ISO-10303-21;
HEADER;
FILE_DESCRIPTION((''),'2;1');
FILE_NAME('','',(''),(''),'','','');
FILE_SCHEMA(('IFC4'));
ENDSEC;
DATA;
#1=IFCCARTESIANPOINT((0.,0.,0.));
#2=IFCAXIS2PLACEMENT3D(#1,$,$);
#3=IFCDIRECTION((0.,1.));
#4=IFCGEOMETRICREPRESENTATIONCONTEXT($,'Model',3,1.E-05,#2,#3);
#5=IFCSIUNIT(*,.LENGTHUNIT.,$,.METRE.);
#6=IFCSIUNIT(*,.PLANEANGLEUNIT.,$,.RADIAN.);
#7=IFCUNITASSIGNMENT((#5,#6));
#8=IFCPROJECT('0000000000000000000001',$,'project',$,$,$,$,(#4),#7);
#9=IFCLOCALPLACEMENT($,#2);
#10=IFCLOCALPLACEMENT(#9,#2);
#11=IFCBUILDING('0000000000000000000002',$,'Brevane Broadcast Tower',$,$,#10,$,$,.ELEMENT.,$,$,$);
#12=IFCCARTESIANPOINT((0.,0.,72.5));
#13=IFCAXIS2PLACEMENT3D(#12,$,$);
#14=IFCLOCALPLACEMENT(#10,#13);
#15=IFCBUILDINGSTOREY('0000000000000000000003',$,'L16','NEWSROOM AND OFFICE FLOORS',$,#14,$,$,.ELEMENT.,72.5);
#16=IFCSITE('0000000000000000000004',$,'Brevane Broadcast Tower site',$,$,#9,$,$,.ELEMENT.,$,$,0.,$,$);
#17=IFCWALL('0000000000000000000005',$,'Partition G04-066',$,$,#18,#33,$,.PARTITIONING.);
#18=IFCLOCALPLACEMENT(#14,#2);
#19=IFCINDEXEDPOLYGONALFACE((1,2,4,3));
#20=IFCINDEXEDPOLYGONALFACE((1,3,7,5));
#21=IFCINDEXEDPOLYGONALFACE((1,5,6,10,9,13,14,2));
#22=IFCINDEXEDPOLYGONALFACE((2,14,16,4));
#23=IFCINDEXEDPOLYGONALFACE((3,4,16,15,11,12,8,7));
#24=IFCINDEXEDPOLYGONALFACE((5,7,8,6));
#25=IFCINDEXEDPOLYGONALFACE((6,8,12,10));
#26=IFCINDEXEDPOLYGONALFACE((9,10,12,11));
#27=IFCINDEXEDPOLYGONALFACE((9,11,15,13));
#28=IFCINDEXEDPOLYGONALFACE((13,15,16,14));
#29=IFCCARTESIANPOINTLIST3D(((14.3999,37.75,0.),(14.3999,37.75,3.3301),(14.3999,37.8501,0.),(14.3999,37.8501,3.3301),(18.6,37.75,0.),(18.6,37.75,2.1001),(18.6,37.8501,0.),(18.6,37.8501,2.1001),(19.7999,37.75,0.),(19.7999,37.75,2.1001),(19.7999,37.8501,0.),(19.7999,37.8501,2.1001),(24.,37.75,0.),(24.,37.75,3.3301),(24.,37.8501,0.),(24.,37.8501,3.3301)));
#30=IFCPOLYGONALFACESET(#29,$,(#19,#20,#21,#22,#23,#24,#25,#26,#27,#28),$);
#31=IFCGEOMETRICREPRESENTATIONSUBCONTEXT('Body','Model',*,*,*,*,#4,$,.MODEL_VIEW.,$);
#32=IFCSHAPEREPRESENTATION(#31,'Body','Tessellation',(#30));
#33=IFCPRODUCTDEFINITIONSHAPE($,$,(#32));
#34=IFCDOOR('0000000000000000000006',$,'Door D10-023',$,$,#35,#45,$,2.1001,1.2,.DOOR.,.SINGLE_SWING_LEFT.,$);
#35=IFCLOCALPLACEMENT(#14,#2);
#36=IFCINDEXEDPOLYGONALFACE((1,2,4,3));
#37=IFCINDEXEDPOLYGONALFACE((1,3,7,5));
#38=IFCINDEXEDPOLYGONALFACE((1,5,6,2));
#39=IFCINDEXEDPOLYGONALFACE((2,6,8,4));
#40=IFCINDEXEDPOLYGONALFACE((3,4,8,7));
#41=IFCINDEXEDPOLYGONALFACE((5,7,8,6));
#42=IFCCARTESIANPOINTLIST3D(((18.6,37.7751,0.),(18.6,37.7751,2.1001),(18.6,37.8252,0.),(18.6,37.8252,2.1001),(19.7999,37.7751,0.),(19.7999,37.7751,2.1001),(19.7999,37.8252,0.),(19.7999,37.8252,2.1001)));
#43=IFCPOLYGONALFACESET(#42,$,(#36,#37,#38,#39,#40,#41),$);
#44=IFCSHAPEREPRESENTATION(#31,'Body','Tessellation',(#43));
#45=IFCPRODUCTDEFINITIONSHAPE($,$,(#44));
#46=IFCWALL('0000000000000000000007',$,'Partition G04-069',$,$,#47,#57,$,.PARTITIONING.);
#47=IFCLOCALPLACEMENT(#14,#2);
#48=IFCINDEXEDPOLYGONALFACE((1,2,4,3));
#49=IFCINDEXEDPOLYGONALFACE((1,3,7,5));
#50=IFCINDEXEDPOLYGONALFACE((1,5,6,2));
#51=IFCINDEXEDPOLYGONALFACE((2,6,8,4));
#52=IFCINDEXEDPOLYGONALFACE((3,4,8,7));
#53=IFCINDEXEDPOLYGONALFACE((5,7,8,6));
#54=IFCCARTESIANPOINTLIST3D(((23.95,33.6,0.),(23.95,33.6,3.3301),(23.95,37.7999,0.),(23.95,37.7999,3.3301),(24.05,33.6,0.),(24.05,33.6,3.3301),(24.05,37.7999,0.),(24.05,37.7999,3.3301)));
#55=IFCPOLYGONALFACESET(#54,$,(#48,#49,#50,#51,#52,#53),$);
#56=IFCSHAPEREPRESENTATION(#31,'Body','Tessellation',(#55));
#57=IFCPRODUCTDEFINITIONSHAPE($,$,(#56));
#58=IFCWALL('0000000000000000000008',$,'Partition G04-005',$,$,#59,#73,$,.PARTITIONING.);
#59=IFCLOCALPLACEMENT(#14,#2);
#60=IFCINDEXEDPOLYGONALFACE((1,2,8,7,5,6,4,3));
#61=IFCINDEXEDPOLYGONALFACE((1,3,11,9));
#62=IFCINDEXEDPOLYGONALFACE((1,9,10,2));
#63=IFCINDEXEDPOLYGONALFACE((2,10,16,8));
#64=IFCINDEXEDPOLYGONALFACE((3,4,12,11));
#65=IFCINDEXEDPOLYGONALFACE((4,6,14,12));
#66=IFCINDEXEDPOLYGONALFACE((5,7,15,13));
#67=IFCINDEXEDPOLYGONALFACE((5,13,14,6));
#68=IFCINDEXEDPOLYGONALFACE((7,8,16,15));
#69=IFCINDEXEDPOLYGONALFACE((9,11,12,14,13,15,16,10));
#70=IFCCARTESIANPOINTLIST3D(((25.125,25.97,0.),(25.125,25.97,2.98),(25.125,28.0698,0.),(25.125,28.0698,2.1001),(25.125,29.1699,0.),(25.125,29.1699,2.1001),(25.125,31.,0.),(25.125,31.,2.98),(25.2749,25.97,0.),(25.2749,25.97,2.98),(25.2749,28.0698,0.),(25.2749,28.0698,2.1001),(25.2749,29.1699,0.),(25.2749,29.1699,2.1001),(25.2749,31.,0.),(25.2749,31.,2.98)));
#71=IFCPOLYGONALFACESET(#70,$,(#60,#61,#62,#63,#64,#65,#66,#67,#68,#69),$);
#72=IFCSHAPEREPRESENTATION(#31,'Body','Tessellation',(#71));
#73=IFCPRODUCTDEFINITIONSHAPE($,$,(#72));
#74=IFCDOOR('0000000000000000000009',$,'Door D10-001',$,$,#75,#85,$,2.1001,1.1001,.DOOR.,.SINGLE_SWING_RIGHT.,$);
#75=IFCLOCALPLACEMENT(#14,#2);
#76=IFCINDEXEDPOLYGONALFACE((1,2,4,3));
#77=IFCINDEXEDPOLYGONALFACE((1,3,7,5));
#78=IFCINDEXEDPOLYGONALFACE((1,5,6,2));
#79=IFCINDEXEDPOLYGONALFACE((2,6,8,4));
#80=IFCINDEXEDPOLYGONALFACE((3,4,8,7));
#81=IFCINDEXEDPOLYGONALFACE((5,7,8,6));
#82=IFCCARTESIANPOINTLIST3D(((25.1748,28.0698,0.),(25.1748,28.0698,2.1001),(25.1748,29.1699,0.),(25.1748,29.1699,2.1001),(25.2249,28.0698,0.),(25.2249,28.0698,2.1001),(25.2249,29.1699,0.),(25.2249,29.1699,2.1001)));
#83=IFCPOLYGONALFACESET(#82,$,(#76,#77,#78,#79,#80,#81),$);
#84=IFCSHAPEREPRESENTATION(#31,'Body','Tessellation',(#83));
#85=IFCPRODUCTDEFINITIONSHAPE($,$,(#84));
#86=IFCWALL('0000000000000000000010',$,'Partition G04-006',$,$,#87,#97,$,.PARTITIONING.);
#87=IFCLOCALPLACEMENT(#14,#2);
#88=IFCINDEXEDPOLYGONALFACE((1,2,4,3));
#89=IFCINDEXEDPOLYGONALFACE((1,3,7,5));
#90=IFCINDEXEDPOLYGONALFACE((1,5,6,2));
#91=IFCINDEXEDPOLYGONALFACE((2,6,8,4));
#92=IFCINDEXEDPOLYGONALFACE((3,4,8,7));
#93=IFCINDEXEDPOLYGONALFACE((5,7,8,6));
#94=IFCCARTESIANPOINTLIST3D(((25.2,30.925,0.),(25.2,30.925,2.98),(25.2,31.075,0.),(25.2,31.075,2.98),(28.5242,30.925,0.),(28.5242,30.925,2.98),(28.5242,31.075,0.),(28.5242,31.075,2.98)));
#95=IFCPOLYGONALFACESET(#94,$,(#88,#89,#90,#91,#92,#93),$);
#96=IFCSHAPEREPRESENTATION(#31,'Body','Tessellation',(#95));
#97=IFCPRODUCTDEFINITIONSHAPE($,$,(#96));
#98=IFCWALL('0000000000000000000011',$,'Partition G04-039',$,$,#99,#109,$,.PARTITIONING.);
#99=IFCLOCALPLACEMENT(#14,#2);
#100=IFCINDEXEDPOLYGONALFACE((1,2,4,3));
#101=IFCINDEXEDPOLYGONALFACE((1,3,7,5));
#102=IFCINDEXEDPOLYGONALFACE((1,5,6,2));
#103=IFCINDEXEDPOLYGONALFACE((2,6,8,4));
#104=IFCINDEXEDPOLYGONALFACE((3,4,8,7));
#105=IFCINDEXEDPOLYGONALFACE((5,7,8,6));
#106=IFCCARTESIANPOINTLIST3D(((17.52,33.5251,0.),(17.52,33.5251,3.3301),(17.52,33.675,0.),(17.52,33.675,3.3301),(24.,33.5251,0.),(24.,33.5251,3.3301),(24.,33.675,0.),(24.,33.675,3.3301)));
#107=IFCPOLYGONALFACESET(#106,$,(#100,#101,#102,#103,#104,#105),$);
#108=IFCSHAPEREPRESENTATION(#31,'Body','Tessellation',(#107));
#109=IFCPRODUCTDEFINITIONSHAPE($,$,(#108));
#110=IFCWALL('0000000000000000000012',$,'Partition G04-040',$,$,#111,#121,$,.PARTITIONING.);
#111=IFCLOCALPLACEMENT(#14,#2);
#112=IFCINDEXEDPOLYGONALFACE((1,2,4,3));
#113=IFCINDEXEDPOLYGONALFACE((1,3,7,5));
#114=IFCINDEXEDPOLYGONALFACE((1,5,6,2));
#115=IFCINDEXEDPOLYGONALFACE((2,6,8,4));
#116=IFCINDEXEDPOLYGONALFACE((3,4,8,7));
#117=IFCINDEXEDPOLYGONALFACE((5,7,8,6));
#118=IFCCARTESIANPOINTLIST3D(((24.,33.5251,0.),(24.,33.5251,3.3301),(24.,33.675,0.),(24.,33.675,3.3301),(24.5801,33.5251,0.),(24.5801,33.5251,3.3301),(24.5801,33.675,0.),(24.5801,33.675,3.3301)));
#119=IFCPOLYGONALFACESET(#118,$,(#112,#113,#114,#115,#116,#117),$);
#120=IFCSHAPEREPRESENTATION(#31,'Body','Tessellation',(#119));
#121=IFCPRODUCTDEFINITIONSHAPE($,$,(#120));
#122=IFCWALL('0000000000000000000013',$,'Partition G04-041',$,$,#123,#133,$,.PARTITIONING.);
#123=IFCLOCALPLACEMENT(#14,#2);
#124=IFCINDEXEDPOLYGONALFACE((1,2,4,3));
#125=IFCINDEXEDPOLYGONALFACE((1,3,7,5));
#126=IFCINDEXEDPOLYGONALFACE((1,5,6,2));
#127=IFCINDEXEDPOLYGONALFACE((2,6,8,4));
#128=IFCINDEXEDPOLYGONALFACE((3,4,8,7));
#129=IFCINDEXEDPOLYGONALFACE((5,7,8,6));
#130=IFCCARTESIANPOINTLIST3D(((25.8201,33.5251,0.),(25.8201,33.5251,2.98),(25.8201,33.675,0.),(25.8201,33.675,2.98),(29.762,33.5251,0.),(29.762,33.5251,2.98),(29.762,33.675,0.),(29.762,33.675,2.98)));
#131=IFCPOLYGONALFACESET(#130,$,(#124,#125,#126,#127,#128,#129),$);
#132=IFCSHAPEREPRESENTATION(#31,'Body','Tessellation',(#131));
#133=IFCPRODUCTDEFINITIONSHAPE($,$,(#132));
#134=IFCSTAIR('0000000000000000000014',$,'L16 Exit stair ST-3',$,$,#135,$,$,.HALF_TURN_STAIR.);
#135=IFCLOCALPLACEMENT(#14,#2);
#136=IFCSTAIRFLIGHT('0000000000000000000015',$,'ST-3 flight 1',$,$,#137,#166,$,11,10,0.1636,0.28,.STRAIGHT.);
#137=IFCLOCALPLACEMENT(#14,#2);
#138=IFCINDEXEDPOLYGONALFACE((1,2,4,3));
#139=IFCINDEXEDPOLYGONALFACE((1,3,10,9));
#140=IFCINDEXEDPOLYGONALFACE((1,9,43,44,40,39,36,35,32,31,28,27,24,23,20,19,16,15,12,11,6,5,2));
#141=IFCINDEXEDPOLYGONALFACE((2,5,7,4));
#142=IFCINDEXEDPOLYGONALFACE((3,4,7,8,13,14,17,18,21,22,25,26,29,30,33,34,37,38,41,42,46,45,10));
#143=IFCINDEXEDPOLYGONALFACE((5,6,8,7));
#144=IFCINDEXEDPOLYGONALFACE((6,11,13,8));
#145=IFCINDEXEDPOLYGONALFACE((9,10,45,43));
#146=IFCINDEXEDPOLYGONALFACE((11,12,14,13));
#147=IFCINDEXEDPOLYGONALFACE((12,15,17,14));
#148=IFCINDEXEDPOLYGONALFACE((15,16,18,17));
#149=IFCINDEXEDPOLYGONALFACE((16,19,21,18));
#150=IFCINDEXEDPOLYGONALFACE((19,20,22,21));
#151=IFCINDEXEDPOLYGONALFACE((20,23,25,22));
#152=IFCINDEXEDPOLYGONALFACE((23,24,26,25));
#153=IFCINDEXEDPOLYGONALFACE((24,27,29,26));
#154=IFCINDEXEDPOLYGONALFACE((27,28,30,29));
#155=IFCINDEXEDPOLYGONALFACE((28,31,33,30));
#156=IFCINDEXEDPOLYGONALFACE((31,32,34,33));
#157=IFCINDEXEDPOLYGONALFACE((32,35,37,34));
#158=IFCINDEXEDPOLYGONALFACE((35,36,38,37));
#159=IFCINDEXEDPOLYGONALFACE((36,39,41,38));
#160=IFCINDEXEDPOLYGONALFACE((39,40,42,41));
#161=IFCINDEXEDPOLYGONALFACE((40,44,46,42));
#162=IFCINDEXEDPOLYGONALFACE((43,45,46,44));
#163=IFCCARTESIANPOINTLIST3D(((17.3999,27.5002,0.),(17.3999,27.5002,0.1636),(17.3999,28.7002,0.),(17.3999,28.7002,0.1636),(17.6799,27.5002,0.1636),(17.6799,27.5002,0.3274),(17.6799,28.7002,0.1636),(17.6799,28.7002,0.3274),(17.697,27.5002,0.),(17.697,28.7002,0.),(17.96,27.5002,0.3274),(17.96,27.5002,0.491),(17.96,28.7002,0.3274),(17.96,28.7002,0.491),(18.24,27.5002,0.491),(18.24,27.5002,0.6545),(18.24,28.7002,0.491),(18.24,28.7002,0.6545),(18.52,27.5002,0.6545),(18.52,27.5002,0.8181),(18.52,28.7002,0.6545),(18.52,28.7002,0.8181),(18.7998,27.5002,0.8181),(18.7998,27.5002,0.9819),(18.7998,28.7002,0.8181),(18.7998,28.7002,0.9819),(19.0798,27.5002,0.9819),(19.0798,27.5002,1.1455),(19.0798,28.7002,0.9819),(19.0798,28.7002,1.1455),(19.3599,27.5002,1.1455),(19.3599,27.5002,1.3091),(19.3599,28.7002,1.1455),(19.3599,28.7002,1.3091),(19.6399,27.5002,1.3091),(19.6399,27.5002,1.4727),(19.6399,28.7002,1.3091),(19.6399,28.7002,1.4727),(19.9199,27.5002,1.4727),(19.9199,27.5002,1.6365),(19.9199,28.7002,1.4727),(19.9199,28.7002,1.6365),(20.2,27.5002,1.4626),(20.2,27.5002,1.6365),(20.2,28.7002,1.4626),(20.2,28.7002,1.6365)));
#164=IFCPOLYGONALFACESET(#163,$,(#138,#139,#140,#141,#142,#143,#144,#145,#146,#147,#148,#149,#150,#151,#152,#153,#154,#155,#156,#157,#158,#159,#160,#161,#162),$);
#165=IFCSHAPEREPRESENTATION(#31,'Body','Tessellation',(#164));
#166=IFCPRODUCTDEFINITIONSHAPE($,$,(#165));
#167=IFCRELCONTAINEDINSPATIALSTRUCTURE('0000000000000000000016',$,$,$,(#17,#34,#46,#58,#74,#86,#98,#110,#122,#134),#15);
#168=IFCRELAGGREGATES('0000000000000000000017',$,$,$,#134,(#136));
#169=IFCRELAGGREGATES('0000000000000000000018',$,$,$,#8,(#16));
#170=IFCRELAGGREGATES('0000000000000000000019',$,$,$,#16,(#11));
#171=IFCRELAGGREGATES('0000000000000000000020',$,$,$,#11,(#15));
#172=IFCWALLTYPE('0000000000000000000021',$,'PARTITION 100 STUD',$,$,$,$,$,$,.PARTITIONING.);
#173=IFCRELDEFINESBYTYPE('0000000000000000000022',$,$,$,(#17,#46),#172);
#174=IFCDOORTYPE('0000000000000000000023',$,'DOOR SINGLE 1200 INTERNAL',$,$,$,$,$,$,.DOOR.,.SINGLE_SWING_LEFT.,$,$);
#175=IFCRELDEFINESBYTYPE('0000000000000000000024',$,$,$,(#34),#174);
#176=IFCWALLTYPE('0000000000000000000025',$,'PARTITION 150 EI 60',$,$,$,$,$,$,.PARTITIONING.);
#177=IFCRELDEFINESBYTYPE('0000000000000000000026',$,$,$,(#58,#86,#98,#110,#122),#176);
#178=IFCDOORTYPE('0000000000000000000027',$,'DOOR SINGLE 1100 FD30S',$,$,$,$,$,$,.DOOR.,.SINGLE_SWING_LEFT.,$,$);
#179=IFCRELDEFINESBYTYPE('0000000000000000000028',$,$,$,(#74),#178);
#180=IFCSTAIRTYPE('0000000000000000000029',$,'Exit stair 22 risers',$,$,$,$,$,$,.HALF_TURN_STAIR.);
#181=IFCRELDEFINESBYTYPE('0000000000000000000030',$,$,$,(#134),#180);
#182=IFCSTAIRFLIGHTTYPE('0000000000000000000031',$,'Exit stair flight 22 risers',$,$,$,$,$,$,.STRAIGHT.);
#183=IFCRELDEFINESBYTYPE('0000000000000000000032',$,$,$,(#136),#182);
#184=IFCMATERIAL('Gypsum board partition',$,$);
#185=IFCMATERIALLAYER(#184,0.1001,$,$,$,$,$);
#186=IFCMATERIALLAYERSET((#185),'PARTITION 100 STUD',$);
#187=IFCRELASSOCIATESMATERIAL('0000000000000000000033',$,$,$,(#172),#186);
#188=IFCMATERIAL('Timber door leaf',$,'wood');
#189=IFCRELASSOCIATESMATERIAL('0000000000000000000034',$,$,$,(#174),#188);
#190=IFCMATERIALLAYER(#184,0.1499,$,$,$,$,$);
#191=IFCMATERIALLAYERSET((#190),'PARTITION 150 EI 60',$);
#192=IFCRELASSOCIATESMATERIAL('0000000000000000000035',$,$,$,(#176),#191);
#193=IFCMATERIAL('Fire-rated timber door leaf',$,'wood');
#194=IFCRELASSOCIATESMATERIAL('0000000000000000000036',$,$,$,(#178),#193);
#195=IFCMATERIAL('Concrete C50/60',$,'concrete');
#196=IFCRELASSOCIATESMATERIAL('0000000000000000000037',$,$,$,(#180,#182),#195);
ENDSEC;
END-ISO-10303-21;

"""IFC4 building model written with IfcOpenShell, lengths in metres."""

from ifc_helpers import new_model, si_unit, direction, frame, frame_2d, origin, place, context, subcontext, project, spatial, polyline, rectangle, outline, extrude, material, layer, layer_set, type_object, element, fill, aggregate, save


model = new_model("IFC4")

# Units and contexts
model_context = context("Model", 3, precision=1e-05, world=origin(), true_north=direction((0.0, 1.0)))
body_context = subcontext(model_context, "Body", "Model", "MODEL_VIEW")
ifc_project = project(units=[si_unit("LENGTHUNIT", "METRE"), si_unit("PLANEANGLEUNIT", "RADIAN")], contexts=[model_context])

# Site, building, storey
site_placement = place(None, origin())
site = spatial("IfcSite", under=ifc_project, at=site_placement, Name="Brevane Broadcast Tower site", CompositionType="ELEMENT", RefElevation=0.0)
building_placement = place(site_placement, origin())
building = spatial("IfcBuilding", under=site, at=building_placement, Name="Brevane Broadcast Tower", CompositionType="ELEMENT")
storey_placement = place(building_placement, frame((0.0, 0.0, 72.5)))
storey = spatial("IfcBuildingStorey", under=building, at=storey_placement, Name="L16", Description="NEWSROOM AND OFFICE FLOORS", CompositionType="ELEMENT", Elevation=72.5)

# Wall, opening, door
ifc_material_1 = material(Name="Gypsum board partition")
ifc_layer_1 = layer(ifc_material_1, 0.1001)
ifc_layer_set_1 = layer_set([ifc_layer_1], Name="PARTITION 100 STUD")
wall_type_1 = type_object("IfcWallType", Name="PARTITION 100 STUD", PredefinedType="PARTITIONING", material=ifc_layer_set_1)
wall_1_placement = place(storey_placement, frame((24.0, 37.8, 0.0), z_axis=(0.0, 0.0, 1.0), x_axis=(-1.0, 0.0, 0.0)))
wall_1 = element("IfcWall", 1, at=wall_1_placement, inside=storey, type_object=wall_type_1, Name="Partition G04-066", PredefinedType="PARTITIONING", context=body_context, shape_type="SweptSolid", body=[
    extrude(rectangle(XDim=9.6001, YDim=0.1001, at=frame_2d((4.8, 0.0))), origin(), (0.0, 0.0, 1.0), 3.3301),
])
opening_1_placement = place(wall_1_placement, frame((4.2, 0.0, 0.0)))
opening_1 = element("IfcOpeningElement", 2, at=opening_1_placement, cuts=wall_1, PredefinedType="OPENING", context=body_context, shape_type="SweptSolid", body=[
    extrude(rectangle(XDim=1.2, YDim=2.1001, at=frame_2d((0.6001, 1.05))), frame((0.0, 0.0601, 0.0), z_axis=(0.0, -1.0, 0.0), x_axis=(1.0, 0.0, 0.0)), (0.0, 0.0, 1.0), 0.1201),
])
ifc_material_2 = material(Name="Timber door leaf", Category="wood")
door_type_1 = type_object("IfcDoorType", Name="DOOR SINGLE 1200 INTERNAL", OperationType="SINGLE_SWING_LEFT", PredefinedType="DOOR", material=ifc_material_2)
door_1_placement = place(opening_1_placement, origin())
door_1 = element("IfcDoor", 3, at=door_1_placement, inside=storey, type_object=door_type_1, Name="Door D10-023", OperationType="SINGLE_SWING_LEFT", OverallHeight=2.1001, OverallWidth=1.2, PredefinedType="DOOR", context=body_context, shape_type="SweptSolid", body=[
    extrude(rectangle(XDim=1.2, YDim=2.1001, at=frame_2d((0.6001, 1.05))), frame((0.0, 0.0249, 0.0), z_axis=(0.0, -1.0, 0.0), x_axis=(1.0, 0.0, 0.0)), (0.0, 0.0, 1.0), 0.05),
])
fill(opening_1, door_1)

# Wall
wall_2_placement = place(storey_placement, frame((24.0, 37.8, 0.0), z_axis=(0.0, 0.0, 1.0), x_axis=(0.0, -1.0, 0.0)))
element("IfcWall", 4, at=wall_2_placement, inside=storey, type_object=wall_type_1, Name="Partition G04-069", PredefinedType="PARTITIONING", context=body_context, shape_type="SweptSolid", body=[
    extrude(rectangle(XDim=4.2, YDim=0.1001, at=frame_2d((2.1001, 0.0))), origin(), (0.0, 0.0, 1.0), 3.3301),
])

# Wall, opening, door
ifc_layer_2 = layer(ifc_material_1, 0.1499)
ifc_layer_set_2 = layer_set([ifc_layer_2], Name="PARTITION 150 EI 60")
wall_type_2 = type_object("IfcWallType", Name="PARTITION 150 EI 60", PredefinedType="PARTITIONING", material=ifc_layer_set_2)
wall_3_placement = place(storey_placement, frame((25.2, 31.0, 0.0), z_axis=(0.0, 0.0, 1.0), x_axis=(0.0, -1.0, 0.0)))
wall_3 = element("IfcWall", 5, at=wall_3_placement, inside=storey, type_object=wall_type_2, Name="Partition G04-005", PredefinedType="PARTITIONING", context=body_context, shape_type="SweptSolid", body=[
    extrude(outline(polyline([(0.0, 0.0), (5.03, 0.0), (5.03, 2.98), (0.0, 2.98), (0.0, 0.0)])), frame((0.0, 0.075, 0.0), z_axis=(0.0, -1.0, 0.0), x_axis=(1.0, 0.0, 0.0)), (0.0, 0.0, 1.0), 0.1499),
])
opening_2_placement = place(wall_3_placement, frame((1.8301, 0.0, 0.0)))
opening_2 = element("IfcOpeningElement", 6, at=opening_2_placement, cuts=wall_3, PredefinedType="OPENING", context=body_context, shape_type="SweptSolid", body=[
    extrude(rectangle(XDim=1.1001, YDim=2.1001, at=frame_2d((0.55, 1.05))), frame((0.0, 0.085, 0.0), z_axis=(0.0, -1.0, 0.0), x_axis=(1.0, 0.0, 0.0)), (0.0, 0.0, 1.0), 0.1699),
])
ifc_material_3 = material(Name="Fire-rated timber door leaf", Category="wood")
door_type_2 = type_object("IfcDoorType", Name="DOOR SINGLE 1100 FD30S", OperationType="SINGLE_SWING_LEFT", PredefinedType="DOOR", material=ifc_material_3)
door_2_placement = place(opening_2_placement, origin())
door_2 = element("IfcDoor", 7, at=door_2_placement, inside=storey, type_object=door_type_2, Name="Door D10-001", OperationType="SINGLE_SWING_RIGHT", OverallHeight=2.1001, OverallWidth=1.1001, PredefinedType="DOOR", context=body_context, shape_type="SweptSolid", body=[
    extrude(rectangle(XDim=1.1001, YDim=2.1001, at=frame_2d((0.55, 1.05))), frame((0.0, 0.0249, 0.0), z_axis=(0.0, -1.0, 0.0), x_axis=(1.0, 0.0, 0.0)), (0.0, 0.0, 1.0), 0.05),
])
fill(opening_2, door_2)

# Walls
wall_4_placement = place(storey_placement, frame((25.2, 31.0, 0.0), z_axis=(0.0, 0.0, 1.0), x_axis=(1.0, 0.0, 0.0)))
element("IfcWall", 8, at=wall_4_placement, inside=storey, type_object=wall_type_2, Name="Partition G04-006", PredefinedType="PARTITIONING", context=body_context, shape_type="SweptSolid", body=[
    extrude(rectangle(XDim=3.3242, YDim=0.1499, at=frame_2d((1.6621, 0.0))), origin(), (0.0, 0.0, 1.0), 2.98),
])
wall_5_placement = place(storey_placement, frame((17.52, 33.6001, 0.0), z_axis=(0.0, 0.0, 1.0), x_axis=(1.0, 0.0, 0.0)))
element("IfcWall", 9, at=wall_5_placement, inside=storey, type_object=wall_type_2, Name="Partition G04-039", PredefinedType="PARTITIONING", context=body_context, shape_type="SweptSolid", body=[
    extrude(rectangle(XDim=6.48, YDim=0.1499, at=frame_2d((3.24, 0.0))), origin(), (0.0, 0.0, 1.0), 3.3301),
])
wall_6_placement = place(storey_placement, frame((24.0, 33.6001, 0.0), z_axis=(0.0, 0.0, 1.0), x_axis=(1.0, 0.0, 0.0)))
element("IfcWall", 10, at=wall_6_placement, inside=storey, type_object=wall_type_2, Name="Partition G04-040", PredefinedType="PARTITIONING", context=body_context, shape_type="SweptSolid", body=[
    extrude(rectangle(XDim=0.5801, YDim=0.1499, at=frame_2d((0.29, 0.0))), origin(), (0.0, 0.0, 1.0), 3.3301),
])
wall_7_placement = place(storey_placement, frame((25.8201, 33.6001, 0.0), z_axis=(0.0, 0.0, 1.0), x_axis=(1.0, 0.0, 0.0)))
element("IfcWall", 11, at=wall_7_placement, inside=storey, type_object=wall_type_2, Name="Partition G04-041", PredefinedType="PARTITIONING", context=body_context, shape_type="SweptSolid", body=[
    extrude(rectangle(XDim=3.9419, YDim=0.1499, at=frame_2d((1.9709, 0.0))), origin(), (0.0, 0.0, 1.0), 2.98),
])

# Stair, stair flight
ifc_material_4 = material(Name="Concrete C50/60", Category="concrete")
stair_type = type_object("IfcStairType", Name="Exit stair 22 risers", PredefinedType="HALF_TURN_STAIR", material=ifc_material_4)
stair_placement = place(storey_placement, origin())
stair = element("IfcStair", 12, at=stair_placement, inside=storey, type_object=stair_type, Name="L16 Exit stair ST-3", PredefinedType="HALF_TURN_STAIR")
stair_flight_type = type_object("IfcStairFlightType", Name="Exit stair flight 22 risers", PredefinedType="STRAIGHT", material=ifc_material_4)
stair_flight_1_placement = place(storey_placement, frame((17.3999, 28.1001, 0.0), z_axis=(0.0, 0.0, 1.0), x_axis=(1.0, 0.0, 0.0)))
stair_flight_1 = element("IfcStairFlight", 13, at=stair_flight_1_placement, type_object=stair_flight_type, Name="ST-3 flight 1", NumberOfRisers=11, NumberOfTreads=10, PredefinedType="STRAIGHT", RiserHeight=0.1636, TreadLength=0.28, context=body_context, shape_type="SweptSolid", body=[
    extrude(outline(polyline([(0.0, 0.0), (0.0, 0.1636), (0.28, 0.1636), (0.28, 0.3274), (0.5601, 0.3274), (0.5601, 0.491), (0.8401, 0.491), (0.8401, 0.6545), (1.1201, 0.6545), (1.1201, 0.8181), (1.3999, 0.8181), (1.3999, 0.9819), (1.6799, 0.9819), (1.6799, 1.1455), (1.96, 1.1455), (1.96, 1.3091), (2.24, 1.3091), (2.24, 1.4727), (2.52, 1.4727), (2.52, 1.6365), (2.8, 1.6365), (2.8, 1.8), (2.8, 1.4626), (0.2971, 0.0), (0.0, 0.0)])), frame((0.0, 0.6001, 0.0), z_axis=(0.0, -1.0, 0.0), x_axis=(1.0, 0.0, 0.0)), (0.0, 0.0, 1.0), 1.2),
])
aggregate(stair, [stair_flight_1])

save(model, "model.ifc")
